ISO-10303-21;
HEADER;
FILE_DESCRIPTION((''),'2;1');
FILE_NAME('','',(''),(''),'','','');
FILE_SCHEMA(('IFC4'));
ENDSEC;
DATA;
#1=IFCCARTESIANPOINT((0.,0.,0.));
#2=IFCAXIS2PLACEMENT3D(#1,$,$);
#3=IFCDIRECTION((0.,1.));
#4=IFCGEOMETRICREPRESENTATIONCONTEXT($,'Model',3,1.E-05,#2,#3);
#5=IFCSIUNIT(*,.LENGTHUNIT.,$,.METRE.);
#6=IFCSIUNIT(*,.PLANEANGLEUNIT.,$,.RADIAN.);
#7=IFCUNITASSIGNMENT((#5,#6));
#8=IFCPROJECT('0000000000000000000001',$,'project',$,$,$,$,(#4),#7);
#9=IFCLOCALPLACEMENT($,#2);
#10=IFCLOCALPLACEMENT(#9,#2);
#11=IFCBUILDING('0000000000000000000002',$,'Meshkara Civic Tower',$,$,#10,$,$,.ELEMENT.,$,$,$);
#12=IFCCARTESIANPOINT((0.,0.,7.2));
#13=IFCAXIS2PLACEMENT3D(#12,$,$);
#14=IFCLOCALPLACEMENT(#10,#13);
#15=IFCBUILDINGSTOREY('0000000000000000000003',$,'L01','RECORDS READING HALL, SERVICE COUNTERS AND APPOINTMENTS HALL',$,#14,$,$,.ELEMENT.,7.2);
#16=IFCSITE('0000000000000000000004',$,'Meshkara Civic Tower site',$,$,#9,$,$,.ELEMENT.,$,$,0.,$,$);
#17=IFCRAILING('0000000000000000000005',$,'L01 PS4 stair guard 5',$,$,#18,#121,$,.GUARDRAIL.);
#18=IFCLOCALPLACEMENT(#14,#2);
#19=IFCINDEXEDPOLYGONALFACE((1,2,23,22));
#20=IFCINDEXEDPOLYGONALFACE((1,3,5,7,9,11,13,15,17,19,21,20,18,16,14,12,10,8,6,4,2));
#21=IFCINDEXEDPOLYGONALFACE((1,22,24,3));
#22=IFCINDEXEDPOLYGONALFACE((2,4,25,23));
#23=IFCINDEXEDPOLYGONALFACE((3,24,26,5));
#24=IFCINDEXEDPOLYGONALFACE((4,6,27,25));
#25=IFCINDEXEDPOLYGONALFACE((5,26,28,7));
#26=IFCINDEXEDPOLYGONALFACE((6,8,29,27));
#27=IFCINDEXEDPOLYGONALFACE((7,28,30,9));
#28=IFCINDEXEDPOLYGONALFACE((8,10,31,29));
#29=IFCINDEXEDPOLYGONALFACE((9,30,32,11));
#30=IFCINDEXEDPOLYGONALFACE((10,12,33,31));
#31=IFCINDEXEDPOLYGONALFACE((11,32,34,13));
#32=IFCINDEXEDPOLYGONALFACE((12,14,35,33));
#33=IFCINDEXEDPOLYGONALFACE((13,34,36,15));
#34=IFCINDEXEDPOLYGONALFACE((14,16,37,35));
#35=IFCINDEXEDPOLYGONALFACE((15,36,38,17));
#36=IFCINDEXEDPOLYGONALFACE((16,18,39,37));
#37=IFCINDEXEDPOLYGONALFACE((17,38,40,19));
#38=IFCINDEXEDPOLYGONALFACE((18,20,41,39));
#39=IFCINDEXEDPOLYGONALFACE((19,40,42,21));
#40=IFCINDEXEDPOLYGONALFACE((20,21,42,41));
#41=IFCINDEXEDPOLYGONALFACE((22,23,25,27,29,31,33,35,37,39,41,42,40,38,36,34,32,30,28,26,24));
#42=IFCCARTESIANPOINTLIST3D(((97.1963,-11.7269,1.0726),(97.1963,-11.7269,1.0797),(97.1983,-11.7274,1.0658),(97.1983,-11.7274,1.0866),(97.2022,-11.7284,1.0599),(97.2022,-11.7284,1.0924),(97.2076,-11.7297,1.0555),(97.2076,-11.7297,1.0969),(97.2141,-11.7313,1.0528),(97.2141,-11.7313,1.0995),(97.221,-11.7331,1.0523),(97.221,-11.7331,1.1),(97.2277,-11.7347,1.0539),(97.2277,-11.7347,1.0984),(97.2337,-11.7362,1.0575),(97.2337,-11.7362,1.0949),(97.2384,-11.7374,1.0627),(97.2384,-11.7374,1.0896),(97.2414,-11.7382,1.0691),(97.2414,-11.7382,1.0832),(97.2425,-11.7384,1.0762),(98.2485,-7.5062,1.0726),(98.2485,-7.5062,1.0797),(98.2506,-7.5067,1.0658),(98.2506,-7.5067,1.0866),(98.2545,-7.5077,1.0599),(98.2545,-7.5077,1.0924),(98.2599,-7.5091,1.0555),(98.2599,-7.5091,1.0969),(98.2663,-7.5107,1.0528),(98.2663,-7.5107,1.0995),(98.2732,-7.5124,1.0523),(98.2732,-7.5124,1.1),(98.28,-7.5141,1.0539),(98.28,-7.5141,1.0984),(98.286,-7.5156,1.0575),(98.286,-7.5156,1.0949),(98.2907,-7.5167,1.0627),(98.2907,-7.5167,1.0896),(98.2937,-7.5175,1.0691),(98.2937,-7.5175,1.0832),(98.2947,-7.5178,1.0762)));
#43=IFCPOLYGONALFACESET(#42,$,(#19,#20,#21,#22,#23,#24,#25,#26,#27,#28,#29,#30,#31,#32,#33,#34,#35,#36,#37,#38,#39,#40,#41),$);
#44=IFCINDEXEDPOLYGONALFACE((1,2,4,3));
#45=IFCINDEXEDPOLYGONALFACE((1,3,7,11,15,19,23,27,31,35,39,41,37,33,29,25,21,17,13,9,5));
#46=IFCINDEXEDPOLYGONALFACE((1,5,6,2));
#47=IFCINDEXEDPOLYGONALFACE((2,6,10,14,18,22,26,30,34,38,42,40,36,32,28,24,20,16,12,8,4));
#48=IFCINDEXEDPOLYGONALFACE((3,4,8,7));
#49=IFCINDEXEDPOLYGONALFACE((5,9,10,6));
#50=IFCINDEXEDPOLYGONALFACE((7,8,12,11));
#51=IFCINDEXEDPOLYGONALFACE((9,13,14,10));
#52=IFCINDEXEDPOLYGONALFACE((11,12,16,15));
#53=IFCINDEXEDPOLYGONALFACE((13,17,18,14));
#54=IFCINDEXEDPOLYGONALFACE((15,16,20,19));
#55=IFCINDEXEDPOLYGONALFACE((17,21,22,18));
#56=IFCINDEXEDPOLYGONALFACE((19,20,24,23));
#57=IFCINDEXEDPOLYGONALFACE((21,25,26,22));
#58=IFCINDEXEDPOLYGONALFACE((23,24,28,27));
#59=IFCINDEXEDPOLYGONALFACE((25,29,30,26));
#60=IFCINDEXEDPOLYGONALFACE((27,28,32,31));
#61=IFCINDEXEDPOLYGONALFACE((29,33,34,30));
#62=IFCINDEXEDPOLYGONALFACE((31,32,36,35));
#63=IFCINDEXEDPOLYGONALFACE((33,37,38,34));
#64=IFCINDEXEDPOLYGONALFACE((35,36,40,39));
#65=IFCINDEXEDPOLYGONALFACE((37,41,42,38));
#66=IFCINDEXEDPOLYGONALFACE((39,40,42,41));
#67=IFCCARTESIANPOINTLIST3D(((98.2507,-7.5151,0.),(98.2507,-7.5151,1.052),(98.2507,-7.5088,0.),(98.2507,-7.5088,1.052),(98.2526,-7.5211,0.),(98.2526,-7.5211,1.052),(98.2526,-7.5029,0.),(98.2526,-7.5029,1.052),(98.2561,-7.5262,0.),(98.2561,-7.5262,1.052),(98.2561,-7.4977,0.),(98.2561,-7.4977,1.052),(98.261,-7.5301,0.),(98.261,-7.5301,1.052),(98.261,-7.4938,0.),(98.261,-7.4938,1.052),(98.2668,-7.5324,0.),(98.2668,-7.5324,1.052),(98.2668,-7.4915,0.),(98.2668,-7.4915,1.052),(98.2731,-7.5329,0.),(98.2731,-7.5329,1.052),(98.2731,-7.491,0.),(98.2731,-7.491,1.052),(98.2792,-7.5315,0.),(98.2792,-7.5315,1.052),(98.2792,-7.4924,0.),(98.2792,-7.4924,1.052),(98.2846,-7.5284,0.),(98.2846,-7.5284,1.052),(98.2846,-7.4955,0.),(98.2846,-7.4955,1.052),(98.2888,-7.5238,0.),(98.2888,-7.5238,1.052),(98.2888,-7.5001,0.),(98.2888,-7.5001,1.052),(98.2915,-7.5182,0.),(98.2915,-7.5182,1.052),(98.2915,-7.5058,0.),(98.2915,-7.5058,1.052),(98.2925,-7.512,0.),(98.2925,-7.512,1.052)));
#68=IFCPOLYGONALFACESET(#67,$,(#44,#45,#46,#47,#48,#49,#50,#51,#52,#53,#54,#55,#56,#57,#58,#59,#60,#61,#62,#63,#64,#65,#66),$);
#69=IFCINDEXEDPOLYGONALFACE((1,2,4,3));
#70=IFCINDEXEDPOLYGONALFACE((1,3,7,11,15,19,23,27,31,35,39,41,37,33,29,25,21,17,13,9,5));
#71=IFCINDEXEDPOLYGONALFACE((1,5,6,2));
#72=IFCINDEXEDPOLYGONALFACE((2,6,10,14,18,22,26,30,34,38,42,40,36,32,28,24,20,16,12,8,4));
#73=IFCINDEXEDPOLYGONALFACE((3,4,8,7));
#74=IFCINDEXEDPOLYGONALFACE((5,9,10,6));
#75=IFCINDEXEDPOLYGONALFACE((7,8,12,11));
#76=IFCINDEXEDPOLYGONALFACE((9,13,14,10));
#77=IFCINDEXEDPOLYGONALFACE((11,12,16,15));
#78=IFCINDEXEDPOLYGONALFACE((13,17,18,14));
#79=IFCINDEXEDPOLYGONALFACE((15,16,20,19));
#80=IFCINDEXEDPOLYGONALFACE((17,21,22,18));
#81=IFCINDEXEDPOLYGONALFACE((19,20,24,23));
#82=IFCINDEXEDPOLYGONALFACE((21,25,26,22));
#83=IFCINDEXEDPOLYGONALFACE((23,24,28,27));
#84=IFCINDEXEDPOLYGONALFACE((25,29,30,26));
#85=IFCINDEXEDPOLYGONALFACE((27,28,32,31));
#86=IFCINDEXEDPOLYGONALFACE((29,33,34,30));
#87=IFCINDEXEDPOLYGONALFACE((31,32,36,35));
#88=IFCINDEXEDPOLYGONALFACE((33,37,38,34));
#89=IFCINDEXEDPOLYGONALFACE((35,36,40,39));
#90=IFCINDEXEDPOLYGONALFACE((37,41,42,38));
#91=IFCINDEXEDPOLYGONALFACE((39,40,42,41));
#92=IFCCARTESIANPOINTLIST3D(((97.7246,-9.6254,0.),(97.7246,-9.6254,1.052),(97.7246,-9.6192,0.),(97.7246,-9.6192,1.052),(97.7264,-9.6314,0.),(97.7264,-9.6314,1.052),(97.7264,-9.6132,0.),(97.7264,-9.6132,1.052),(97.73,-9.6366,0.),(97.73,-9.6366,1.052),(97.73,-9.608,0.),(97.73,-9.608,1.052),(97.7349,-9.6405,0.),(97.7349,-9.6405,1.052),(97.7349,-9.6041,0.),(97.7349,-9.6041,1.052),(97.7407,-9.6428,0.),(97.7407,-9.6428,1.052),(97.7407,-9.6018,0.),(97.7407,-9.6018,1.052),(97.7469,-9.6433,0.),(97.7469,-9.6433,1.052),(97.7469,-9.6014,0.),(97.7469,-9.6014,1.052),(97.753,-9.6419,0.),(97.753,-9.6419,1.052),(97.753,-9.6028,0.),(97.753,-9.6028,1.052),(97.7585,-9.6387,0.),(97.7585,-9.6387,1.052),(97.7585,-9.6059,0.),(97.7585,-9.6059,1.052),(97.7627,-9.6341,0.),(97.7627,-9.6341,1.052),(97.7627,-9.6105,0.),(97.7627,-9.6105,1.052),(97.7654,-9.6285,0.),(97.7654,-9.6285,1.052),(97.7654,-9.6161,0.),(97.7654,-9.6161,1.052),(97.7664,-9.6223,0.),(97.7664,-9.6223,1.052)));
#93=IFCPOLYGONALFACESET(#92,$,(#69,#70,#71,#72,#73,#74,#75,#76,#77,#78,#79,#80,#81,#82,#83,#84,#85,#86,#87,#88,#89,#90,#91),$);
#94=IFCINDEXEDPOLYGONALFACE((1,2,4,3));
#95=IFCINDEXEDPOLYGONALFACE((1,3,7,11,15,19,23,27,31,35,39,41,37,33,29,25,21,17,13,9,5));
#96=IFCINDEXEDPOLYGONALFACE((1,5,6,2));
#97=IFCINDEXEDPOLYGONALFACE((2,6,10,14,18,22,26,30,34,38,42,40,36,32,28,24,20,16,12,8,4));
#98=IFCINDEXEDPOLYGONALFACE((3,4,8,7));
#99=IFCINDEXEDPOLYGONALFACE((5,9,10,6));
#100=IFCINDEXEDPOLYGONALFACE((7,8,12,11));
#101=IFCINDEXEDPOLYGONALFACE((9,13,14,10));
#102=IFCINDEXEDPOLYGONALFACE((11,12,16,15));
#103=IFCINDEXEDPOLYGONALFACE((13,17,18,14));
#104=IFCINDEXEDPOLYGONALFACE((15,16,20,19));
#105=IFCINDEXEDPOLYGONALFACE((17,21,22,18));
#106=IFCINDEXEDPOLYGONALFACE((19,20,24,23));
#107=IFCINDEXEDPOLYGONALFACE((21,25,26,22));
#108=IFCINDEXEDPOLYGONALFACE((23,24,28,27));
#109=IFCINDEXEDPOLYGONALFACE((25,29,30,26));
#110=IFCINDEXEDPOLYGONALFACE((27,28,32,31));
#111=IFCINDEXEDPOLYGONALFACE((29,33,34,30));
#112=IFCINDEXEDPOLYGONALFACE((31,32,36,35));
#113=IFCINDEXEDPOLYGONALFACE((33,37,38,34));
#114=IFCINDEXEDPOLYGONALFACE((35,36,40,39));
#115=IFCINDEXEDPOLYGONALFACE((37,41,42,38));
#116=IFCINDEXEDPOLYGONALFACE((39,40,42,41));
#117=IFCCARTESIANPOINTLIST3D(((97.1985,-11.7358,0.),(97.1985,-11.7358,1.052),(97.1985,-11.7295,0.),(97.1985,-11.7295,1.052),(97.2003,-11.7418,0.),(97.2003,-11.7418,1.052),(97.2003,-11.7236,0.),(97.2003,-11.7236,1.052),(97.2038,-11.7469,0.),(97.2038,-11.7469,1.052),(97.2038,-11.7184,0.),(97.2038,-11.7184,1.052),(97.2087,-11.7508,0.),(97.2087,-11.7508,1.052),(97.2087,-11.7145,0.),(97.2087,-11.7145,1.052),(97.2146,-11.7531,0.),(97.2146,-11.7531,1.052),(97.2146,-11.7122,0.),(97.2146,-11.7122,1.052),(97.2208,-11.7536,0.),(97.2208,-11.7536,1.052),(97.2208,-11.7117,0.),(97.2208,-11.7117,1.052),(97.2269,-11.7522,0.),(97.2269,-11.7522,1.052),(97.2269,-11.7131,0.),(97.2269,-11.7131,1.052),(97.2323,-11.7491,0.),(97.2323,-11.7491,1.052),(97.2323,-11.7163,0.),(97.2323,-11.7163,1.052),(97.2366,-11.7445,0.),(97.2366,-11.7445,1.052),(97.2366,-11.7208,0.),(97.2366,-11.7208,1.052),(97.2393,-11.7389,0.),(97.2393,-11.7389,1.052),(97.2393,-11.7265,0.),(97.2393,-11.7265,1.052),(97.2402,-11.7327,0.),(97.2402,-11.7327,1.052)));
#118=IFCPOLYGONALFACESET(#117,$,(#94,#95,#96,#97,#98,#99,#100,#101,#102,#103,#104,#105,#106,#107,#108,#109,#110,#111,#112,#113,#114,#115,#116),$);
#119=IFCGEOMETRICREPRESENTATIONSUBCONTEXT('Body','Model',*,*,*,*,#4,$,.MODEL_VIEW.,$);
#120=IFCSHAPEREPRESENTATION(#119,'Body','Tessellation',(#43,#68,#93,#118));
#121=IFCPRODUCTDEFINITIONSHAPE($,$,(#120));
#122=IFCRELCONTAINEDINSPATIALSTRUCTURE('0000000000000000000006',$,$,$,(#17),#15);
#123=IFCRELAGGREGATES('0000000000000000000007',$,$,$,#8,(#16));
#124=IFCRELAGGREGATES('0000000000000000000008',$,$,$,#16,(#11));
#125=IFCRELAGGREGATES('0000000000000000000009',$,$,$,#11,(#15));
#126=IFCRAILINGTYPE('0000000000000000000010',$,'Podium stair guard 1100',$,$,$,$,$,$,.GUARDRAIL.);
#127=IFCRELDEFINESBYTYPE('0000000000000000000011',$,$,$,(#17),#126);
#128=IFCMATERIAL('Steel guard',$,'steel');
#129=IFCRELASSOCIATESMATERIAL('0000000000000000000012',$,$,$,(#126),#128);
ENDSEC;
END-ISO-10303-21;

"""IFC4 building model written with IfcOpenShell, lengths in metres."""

from ifc_helpers import new_model, si_unit, direction, frame, origin, origin_2d, place, context, subcontext, project, spatial, circle, extrude, material, type_object, element, save


model = new_model("IFC4")

# Units and contexts
model_context = context("Model", 3, precision=1e-05, world=origin(), true_north=direction((0.0, 1.0)))
body_context = subcontext(model_context, "Body", "Model", "MODEL_VIEW")
ifc_project = project(units=[si_unit("LENGTHUNIT", "METRE"), si_unit("PLANEANGLEUNIT", "RADIAN")], contexts=[model_context])

# Site, building, storey
site_placement = place(None, origin())
site = spatial("IfcSite", under=ifc_project, at=site_placement, Name="Meshkara Civic Tower site", CompositionType="ELEMENT", RefElevation=0.0)
building_placement = place(site_placement, origin())
building = spatial("IfcBuilding", under=site, at=building_placement, Name="Meshkara Civic Tower", CompositionType="ELEMENT")
storey_placement = place(building_placement, frame((0.0, 0.0, 7.2)))
storey = spatial("IfcBuildingStorey", under=building, at=storey_placement, Name="L01", Description="RECORDS READING HALL, SERVICE COUNTERS AND APPOINTMENTS HALL", CompositionType="ELEMENT", Elevation=7.2)

# Railing
ifc_material_1 = material(Name="Steel guard", Category="steel")
railing_type_1 = type_object("IfcRailingType", Name="Podium stair guard 1100", PredefinedType="GUARDRAIL", material=ifc_material_1)
railing_1_placement = place(storey_placement, frame((98.2715, -7.512, 0.0)))
element("IfcRailing", 1, at=railing_1_placement, inside=storey, type_object=railing_type_1, Name="L01 PS4 stair guard 5", PredefinedType="GUARDRAIL", context=body_context, shape_type="SweptSolid", body=[
    extrude(circle(Radius=0.0239, at=origin_2d()), frame((0.0, 0.0, 1.0762), z_axis=(-0.241902, -0.970301, 0.0), x_axis=(0.970301, -0.241902, 0.0)), (0.0, 0.0, 1.0), 4.3499),
    extrude(circle(Radius=0.021, at=origin_2d()), origin(), (0.0, 0.0, 1.0), 1.052),
    extrude(circle(Radius=0.021, at=origin_2d()), frame((-0.5261, -2.1104, 0.0)), (0.0, 0.0, 1.0), 1.052),
    extrude(circle(Radius=0.021, at=origin_2d()), frame((-1.0522, -4.2207, 0.0)), (0.0, 0.0, 1.0), 1.052),
])

save(model, "model.ifc")
